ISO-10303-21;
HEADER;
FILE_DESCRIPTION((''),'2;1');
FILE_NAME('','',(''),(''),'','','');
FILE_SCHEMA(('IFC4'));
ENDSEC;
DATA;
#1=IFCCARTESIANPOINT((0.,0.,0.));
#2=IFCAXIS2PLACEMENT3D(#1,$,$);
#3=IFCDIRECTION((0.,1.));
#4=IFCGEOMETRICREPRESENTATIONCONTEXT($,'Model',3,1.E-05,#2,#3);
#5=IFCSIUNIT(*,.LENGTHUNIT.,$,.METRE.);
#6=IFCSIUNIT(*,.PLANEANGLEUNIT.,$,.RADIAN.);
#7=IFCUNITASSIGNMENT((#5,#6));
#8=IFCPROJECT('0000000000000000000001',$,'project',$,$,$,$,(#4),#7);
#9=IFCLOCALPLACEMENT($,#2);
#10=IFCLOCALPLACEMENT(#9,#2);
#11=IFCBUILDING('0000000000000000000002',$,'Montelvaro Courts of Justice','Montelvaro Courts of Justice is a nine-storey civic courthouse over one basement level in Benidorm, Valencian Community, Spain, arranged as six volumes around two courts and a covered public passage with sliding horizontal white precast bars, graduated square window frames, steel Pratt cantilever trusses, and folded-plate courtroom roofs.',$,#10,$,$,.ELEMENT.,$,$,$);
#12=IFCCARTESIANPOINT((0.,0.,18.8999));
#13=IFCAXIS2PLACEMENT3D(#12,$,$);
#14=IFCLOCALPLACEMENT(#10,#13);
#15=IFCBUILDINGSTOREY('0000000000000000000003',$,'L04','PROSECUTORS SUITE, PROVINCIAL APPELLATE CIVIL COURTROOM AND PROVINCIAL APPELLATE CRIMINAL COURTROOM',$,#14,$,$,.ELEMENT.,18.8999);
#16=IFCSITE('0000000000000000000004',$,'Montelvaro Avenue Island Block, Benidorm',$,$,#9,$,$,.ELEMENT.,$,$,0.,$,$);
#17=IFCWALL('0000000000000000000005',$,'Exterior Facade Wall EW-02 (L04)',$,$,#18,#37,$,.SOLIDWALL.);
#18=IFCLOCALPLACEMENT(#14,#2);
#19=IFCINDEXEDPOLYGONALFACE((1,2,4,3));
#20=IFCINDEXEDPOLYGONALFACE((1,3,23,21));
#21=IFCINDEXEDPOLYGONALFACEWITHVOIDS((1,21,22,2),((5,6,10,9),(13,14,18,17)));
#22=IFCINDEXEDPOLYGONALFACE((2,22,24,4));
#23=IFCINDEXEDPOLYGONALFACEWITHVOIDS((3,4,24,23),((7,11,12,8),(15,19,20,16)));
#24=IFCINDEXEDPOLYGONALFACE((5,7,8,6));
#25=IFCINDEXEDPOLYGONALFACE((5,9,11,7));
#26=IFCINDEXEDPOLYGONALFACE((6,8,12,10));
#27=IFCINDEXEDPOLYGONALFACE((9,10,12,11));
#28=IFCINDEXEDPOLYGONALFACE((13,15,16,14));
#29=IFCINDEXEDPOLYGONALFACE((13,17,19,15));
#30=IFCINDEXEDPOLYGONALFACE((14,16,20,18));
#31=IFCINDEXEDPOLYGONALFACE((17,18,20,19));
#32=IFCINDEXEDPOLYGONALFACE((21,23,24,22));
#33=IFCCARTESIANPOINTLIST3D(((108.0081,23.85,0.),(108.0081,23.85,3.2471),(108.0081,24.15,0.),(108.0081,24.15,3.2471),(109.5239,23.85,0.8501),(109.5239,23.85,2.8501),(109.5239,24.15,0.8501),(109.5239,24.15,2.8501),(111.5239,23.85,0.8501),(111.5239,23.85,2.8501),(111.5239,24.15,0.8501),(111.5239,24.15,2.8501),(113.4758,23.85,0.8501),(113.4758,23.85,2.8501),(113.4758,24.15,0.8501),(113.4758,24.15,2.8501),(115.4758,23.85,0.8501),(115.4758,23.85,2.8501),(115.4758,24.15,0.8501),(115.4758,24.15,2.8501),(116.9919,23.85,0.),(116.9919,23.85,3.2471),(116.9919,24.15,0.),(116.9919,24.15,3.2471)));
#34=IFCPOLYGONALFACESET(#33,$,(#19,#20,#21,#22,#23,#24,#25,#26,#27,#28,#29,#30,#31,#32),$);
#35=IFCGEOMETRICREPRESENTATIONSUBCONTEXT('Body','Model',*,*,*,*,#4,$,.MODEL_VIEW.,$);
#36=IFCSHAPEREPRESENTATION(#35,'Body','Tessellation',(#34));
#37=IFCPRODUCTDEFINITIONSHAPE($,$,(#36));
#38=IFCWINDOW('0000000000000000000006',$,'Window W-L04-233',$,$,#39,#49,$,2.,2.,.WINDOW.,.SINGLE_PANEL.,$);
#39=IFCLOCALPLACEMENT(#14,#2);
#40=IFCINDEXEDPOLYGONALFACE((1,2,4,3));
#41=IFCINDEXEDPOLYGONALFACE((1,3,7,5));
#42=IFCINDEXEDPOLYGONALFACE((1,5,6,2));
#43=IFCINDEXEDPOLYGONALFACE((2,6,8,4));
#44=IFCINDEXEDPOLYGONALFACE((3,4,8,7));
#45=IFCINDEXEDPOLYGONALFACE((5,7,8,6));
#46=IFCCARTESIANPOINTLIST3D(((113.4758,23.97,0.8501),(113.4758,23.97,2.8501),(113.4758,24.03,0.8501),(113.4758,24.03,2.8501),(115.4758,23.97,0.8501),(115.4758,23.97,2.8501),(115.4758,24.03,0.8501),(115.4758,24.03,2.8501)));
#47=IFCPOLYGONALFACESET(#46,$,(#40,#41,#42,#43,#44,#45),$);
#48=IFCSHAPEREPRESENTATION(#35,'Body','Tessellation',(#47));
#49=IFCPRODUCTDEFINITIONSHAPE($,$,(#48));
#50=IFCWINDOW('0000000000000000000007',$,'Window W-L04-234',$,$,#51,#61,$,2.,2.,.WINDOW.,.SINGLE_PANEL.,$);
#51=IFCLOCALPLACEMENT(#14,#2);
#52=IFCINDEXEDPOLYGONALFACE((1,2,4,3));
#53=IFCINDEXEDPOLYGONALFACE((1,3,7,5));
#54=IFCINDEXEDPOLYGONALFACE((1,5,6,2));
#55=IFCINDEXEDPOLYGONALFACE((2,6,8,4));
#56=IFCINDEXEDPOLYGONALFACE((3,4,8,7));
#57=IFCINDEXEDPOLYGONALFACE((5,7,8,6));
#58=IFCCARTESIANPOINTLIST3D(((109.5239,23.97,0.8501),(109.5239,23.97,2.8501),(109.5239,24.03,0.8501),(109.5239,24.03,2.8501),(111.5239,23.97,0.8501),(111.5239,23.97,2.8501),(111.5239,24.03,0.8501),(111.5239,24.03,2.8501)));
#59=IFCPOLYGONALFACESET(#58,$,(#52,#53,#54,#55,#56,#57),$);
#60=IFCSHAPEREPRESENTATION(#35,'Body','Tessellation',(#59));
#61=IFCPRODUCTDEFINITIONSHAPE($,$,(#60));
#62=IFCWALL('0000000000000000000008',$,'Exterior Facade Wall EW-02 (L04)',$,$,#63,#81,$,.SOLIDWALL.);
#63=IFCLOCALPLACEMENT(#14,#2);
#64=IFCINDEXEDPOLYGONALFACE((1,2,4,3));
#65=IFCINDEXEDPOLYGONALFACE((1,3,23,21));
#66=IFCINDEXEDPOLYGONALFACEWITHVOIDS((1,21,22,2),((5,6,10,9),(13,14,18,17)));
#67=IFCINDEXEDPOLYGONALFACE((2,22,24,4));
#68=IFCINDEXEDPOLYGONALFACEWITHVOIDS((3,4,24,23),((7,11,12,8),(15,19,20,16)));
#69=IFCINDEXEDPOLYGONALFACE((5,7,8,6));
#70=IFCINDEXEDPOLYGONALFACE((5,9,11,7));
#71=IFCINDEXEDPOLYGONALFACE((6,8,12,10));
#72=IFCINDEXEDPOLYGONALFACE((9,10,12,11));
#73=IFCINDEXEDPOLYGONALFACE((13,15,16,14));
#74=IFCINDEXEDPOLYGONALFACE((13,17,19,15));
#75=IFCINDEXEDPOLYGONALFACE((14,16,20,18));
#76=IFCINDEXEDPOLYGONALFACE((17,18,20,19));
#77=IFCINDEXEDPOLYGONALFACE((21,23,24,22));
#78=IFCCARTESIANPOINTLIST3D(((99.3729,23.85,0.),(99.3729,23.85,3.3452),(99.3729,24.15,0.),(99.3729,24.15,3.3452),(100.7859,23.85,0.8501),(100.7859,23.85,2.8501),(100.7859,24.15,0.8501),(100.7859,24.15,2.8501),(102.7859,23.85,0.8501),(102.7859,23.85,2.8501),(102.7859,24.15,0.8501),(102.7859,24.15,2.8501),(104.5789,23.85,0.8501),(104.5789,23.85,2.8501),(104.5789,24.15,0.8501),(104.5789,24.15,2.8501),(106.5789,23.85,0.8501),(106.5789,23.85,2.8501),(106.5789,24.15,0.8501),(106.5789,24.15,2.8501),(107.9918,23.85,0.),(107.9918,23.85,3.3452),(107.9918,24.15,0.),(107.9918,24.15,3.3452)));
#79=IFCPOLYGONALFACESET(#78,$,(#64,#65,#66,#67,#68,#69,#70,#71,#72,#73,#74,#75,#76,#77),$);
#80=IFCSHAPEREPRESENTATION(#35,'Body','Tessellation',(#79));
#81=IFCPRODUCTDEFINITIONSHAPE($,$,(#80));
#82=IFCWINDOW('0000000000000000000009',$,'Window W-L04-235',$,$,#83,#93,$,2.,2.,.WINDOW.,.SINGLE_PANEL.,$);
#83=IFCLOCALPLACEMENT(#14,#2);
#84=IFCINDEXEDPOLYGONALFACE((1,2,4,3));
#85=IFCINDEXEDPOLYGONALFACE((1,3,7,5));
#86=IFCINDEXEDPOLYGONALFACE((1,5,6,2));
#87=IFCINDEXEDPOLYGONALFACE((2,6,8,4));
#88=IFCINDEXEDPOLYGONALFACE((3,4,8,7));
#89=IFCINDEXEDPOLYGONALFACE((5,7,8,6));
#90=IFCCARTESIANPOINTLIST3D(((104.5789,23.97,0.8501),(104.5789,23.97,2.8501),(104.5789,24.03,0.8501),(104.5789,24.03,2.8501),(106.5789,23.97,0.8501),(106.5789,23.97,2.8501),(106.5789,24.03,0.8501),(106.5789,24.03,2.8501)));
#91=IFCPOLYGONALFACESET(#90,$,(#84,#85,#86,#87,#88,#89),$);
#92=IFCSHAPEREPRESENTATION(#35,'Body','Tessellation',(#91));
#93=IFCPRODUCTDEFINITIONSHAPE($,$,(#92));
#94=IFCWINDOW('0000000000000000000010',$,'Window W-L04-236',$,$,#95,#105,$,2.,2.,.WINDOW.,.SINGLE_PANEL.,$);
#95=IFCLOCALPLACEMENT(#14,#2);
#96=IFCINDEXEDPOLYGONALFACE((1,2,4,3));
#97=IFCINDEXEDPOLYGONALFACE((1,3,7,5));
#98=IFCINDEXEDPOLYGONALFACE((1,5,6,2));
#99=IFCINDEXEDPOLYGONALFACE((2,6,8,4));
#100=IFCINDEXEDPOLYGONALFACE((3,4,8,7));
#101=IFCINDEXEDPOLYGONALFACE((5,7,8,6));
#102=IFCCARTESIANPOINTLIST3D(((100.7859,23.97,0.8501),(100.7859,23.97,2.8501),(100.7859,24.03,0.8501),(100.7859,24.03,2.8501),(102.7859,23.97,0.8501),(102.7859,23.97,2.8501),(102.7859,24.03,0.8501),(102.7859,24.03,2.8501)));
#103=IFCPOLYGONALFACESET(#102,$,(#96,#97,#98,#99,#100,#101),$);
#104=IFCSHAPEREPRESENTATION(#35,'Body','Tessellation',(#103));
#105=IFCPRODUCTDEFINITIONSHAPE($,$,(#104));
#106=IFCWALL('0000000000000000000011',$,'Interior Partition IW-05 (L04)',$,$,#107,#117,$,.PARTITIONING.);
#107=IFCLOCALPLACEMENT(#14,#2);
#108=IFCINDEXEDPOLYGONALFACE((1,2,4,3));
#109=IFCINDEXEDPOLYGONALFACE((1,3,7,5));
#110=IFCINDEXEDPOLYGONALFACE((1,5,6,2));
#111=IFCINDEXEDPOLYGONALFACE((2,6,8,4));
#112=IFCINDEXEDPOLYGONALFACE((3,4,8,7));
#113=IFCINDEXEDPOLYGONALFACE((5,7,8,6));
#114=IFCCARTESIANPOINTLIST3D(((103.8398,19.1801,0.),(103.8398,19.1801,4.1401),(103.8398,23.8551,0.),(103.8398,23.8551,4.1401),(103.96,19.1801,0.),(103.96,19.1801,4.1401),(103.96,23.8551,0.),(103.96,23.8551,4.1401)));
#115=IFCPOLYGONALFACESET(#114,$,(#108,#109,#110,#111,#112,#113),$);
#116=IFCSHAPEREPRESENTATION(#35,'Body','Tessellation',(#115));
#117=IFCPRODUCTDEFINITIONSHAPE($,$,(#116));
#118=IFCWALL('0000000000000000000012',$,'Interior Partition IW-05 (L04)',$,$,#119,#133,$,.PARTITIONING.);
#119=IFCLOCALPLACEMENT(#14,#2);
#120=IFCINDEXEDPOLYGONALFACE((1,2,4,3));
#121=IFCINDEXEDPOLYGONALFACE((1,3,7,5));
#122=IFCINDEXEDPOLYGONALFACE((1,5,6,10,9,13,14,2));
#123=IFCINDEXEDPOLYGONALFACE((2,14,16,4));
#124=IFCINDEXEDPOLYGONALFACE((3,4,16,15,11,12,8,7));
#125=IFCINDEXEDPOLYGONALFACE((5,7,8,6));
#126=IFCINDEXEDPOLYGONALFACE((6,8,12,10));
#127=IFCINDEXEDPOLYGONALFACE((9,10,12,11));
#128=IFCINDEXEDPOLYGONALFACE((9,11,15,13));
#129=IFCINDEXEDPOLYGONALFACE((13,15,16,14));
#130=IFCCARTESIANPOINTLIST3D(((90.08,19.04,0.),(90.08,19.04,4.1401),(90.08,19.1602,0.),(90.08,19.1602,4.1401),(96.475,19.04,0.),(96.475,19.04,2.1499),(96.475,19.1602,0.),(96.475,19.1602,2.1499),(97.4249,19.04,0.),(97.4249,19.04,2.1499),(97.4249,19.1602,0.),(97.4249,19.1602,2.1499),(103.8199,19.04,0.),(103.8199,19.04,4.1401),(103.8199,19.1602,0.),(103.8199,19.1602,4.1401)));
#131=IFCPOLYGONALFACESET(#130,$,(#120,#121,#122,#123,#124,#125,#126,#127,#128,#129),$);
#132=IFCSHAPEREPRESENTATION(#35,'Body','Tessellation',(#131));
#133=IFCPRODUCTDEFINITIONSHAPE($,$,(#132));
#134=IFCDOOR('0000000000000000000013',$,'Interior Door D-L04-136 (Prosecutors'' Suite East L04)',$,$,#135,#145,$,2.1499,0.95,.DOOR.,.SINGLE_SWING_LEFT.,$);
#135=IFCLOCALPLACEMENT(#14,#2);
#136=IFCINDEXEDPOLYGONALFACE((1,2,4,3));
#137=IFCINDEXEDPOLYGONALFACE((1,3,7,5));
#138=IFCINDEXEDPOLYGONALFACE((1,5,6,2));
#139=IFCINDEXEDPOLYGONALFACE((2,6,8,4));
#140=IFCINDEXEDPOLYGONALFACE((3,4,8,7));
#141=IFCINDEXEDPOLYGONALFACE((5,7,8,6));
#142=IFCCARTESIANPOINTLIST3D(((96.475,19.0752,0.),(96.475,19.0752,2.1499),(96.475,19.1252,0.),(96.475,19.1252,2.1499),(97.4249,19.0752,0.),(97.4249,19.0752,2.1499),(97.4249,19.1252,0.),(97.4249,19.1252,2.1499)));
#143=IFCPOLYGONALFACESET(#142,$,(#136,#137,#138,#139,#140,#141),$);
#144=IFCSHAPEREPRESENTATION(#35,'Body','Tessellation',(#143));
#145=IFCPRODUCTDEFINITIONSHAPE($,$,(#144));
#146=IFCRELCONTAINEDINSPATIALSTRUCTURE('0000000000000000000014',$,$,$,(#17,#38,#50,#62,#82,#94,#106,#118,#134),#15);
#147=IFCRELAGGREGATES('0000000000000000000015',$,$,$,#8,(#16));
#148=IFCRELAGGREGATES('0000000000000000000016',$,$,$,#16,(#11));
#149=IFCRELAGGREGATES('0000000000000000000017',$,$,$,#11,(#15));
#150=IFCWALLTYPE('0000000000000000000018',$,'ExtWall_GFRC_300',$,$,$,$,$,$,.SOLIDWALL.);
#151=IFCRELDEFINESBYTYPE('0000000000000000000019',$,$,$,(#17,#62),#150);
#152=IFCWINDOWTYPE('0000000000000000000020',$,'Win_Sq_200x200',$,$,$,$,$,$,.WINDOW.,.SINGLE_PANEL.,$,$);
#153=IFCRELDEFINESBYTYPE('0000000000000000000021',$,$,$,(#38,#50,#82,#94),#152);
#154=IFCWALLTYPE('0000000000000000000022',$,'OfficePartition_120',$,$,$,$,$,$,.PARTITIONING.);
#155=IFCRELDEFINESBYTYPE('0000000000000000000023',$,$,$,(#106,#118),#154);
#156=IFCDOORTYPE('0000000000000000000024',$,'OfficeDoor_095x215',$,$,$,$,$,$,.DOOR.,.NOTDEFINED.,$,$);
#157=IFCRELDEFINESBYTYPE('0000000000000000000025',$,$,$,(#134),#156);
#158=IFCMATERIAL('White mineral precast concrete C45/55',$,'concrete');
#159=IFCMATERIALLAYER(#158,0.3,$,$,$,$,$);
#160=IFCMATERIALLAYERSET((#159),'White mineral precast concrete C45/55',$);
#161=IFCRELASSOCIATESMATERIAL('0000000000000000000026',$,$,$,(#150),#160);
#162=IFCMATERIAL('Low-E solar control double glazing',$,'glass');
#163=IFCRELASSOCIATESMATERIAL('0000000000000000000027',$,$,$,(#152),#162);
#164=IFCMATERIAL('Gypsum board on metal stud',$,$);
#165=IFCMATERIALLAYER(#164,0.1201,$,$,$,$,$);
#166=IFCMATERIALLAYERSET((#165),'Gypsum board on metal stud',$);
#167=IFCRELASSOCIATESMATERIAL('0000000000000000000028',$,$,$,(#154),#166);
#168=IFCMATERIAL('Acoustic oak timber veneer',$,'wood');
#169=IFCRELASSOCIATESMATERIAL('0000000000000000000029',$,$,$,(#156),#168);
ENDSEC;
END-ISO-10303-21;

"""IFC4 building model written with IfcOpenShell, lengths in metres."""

from ifc_helpers import new_model, si_unit, direction, frame, frame_2d, origin, place, context, subcontext, project, spatial, rectangle, extrude, material, layer, layer_set, type_object, element, fill, save


model = new_model("IFC4")

# Units and contexts
model_context = context("Model", 3, precision=1e-05, world=origin(), true_north=direction((0.0, 1.0)))
body_context = subcontext(model_context, "Body", "Model", "MODEL_VIEW")
ifc_project = project(units=[si_unit("LENGTHUNIT", "METRE"), si_unit("PLANEANGLEUNIT", "RADIAN")], contexts=[model_context])

# Site, building, storey
site_placement = place(None, origin())
site = spatial("IfcSite", under=ifc_project, at=site_placement, Name="Montelvaro Avenue Island Block, Benidorm", CompositionType="ELEMENT", RefElevation=0.0)
building_placement = place(site_placement, origin())
building = spatial("IfcBuilding", under=site, at=building_placement, Name="Montelvaro Courts of Justice", Description="Montelvaro Courts of Justice is a nine-storey civic courthouse over one basement level in Benidorm, Valencian Community, Spain, arranged as six volumes around two courts and a covered public passage with sliding horizontal white precast bars, graduated square window frames, steel Pratt cantilever trusses, and folded-plate courtroom roofs.", CompositionType="ELEMENT")
storey_placement = place(building_placement, frame((0.0, 0.0, 18.8999)))
storey = spatial("IfcBuildingStorey", under=building, at=storey_placement, Name="L04", Description="PROSECUTORS SUITE, PROVINCIAL APPELLATE CIVIL COURTROOM AND PROVINCIAL APPELLATE CRIMINAL COURTROOM", CompositionType="ELEMENT", Elevation=18.8999)

# Shared definitions
ifc_material_1 = material(Name="White mineral precast concrete C45/55", Category="concrete")

# Shared definitions
ifc_material_2 = material(Name="Gypsum board on metal stud")

# Shared definitions
ifc_material_3 = material(Name="Acoustic oak timber veneer", Category="wood")

# Walls, openings, windows
ifc_layer_1 = layer(ifc_material_1, 0.3)
ifc_layer_set_1 = layer_set([ifc_layer_1], Name="White mineral precast concrete C45/55")
wall_type_1 = type_object("IfcWallType", Name="ExtWall_GFRC_300", PredefinedType="SOLIDWALL", material=ifc_layer_set_1)
ifc_material_4 = material(Name="Low-E solar control double glazing", Category="glass")
window_type = type_object("IfcWindowType", Name="Win_Sq_200x200", PartitioningType="SINGLE_PANEL", PredefinedType="WINDOW", material=ifc_material_4)
wall_1_placement = place(storey_placement, frame((116.9919, 24.0, 0.0), z_axis=(0.0, 0.0, 1.0), x_axis=(-1.0, 0.0, 0.0)))
wall_1 = element("IfcWall", 1, at=wall_1_placement, inside=storey, type_object=wall_type_1, Name="Exterior Facade Wall EW-02 (L04)", PredefinedType="SOLIDWALL", context=body_context, shape_type="SweptSolid", body=[
    extrude(rectangle(XDim=8.9839, YDim=0.3, at=frame_2d((4.4919, 0.0))), origin(), (0.0, 0.0, 1.0), 3.2471),
])
opening_1_placement = place(wall_1_placement, frame((1.5161, 0.0, 0.8501)))
opening_1 = element("IfcOpeningElement", 2, at=opening_1_placement, cuts=wall_1, PredefinedType="OPENING", context=body_context, shape_type="SweptSolid", body=[
    extrude(rectangle(XDim=2.0, YDim=2.0, at=frame_2d((1.0, 1.0))), frame((0.0, 0.165, 0.0), z_axis=(0.0, -1.0, 0.0), x_axis=(1.0, 0.0, 0.0)), (0.0, 0.0, 1.0), 0.3298),
])
opening_2_placement = place(wall_1_placement, frame((5.468, 0.0, 0.8501)))
opening_2 = element("IfcOpeningElement", 3, at=opening_2_placement, cuts=wall_1, PredefinedType="OPENING", context=body_context, shape_type="SweptSolid", body=[
    extrude(rectangle(XDim=2.0, YDim=2.0, at=frame_2d((1.0, 1.0))), frame((0.0, 0.165, 0.0), z_axis=(0.0, -1.0, 0.0), x_axis=(1.0, 0.0, 0.0)), (0.0, 0.0, 1.0), 0.3298),
])
window_1_placement = place(opening_1_placement, origin())
window_1 = element("IfcWindow", 4, at=window_1_placement, inside=storey, type_object=window_type, Name="Window W-L04-233", OverallHeight=2.0, OverallWidth=2.0, PartitioningType="SINGLE_PANEL", PredefinedType="WINDOW", context=body_context, shape_type="SweptSolid", body=[
    extrude(rectangle(XDim=2.0, YDim=2.0, at=frame_2d((1.0, 1.0))), frame((0.0, 0.03, 0.0), z_axis=(0.0, -1.0, 0.0), x_axis=(1.0, 0.0, 0.0)), (0.0, 0.0, 1.0), 0.0601),
])
fill(opening_1, window_1)
window_2_placement = place(opening_2_placement, origin())
window_2 = element("IfcWindow", 5, at=window_2_placement, inside=storey, type_object=window_type, Name="Window W-L04-234", OverallHeight=2.0, OverallWidth=2.0, PartitioningType="SINGLE_PANEL", PredefinedType="WINDOW", context=body_context, shape_type="SweptSolid", body=[
    extrude(rectangle(XDim=2.0, YDim=2.0, at=frame_2d((1.0, 1.0))), frame((0.0, 0.03, 0.0), z_axis=(0.0, -1.0, 0.0), x_axis=(1.0, 0.0, 0.0)), (0.0, 0.0, 1.0), 0.0601),
])
fill(opening_2, window_2)
wall_2_placement = place(storey_placement, frame((107.9919, 24.0, 0.0), z_axis=(0.0, 0.0, 1.0), x_axis=(-1.0, 0.0, 0.0)))
wall_2 = element("IfcWall", 6, at=wall_2_placement, inside=storey, type_object=wall_type_1, Name="Exterior Facade Wall EW-02 (L04)", PredefinedType="SOLIDWALL", context=body_context, shape_type="SweptSolid", body=[
    extrude(rectangle(XDim=8.6189, YDim=0.3, at=frame_2d((4.3096, 0.0))), origin(), (0.0, 0.0, 1.0), 3.3452),
])
opening_3_placement = place(wall_2_placement, frame((1.4131, 0.0, 0.8501)))
opening_3 = element("IfcOpeningElement", 7, at=opening_3_placement, cuts=wall_2, PredefinedType="OPENING", context=body_context, shape_type="SweptSolid", body=[
    extrude(rectangle(XDim=2.0, YDim=2.0, at=frame_2d((1.0, 1.0))), frame((0.0, 0.165, 0.0), z_axis=(0.0, -1.0, 0.0), x_axis=(1.0, 0.0, 0.0)), (0.0, 0.0, 1.0), 0.3298),
])
opening_4_placement = place(wall_2_placement, frame((5.2061, 0.0, 0.8501)))
opening_4 = element("IfcOpeningElement", 8, at=opening_4_placement, cuts=wall_2, PredefinedType="OPENING", context=body_context, shape_type="SweptSolid", body=[
    extrude(rectangle(XDim=2.0, YDim=2.0, at=frame_2d((1.0, 1.0))), frame((0.0, 0.165, 0.0), z_axis=(0.0, -1.0, 0.0), x_axis=(1.0, 0.0, 0.0)), (0.0, 0.0, 1.0), 0.3298),
])
window_3_placement = place(opening_3_placement, origin())
window_3 = element("IfcWindow", 9, at=window_3_placement, inside=storey, type_object=window_type, Name="Window W-L04-235", OverallHeight=2.0, OverallWidth=2.0, PartitioningType="SINGLE_PANEL", PredefinedType="WINDOW", context=body_context, shape_type="SweptSolid", body=[
    extrude(rectangle(XDim=2.0, YDim=2.0, at=frame_2d((1.0, 1.0))), frame((0.0, 0.03, 0.0), z_axis=(0.0, -1.0, 0.0), x_axis=(1.0, 0.0, 0.0)), (0.0, 0.0, 1.0), 0.0601),
])
fill(opening_3, window_3)
window_4_placement = place(opening_4_placement, origin())
window_4 = element("IfcWindow", 10, at=window_4_placement, inside=storey, type_object=window_type, Name="Window W-L04-236", OverallHeight=2.0, OverallWidth=2.0, PartitioningType="SINGLE_PANEL", PredefinedType="WINDOW", context=body_context, shape_type="SweptSolid", body=[
    extrude(rectangle(XDim=2.0, YDim=2.0, at=frame_2d((1.0, 1.0))), frame((0.0, 0.03, 0.0), z_axis=(0.0, -1.0, 0.0), x_axis=(1.0, 0.0, 0.0)), (0.0, 0.0, 1.0), 0.0601),
])
fill(opening_4, window_4)

# Wall
ifc_layer_2 = layer(ifc_material_2, 0.1201)
ifc_layer_set_2 = layer_set([ifc_layer_2], Name="Gypsum board on metal stud")
wall_type_2 = type_object("IfcWallType", Name="OfficePartition_120", PredefinedType="PARTITIONING", material=ifc_layer_set_2)
wall_3_placement = place(storey_placement, frame((103.8999, 23.855, 0.0), z_axis=(0.0, 0.0, 1.0), x_axis=(0.0, -1.0, 0.0)))
element("IfcWall", 11, at=wall_3_placement, inside=storey, type_object=wall_type_2, Name="Interior Partition IW-05 (L04)", PredefinedType="PARTITIONING", context=body_context, shape_type="SweptSolid", body=[
    extrude(rectangle(XDim=4.675, YDim=0.1201, at=frame_2d((2.3374, 0.0))), origin(), (0.0, 0.0, 1.0), 4.1401),
])

# Wall, opening, door
wall_4_placement = place(storey_placement, frame((103.8201, 19.1001, 0.0), z_axis=(0.0, 0.0, 1.0), x_axis=(-1.0, 0.0, 0.0)))
wall_4 = element("IfcWall", 12, at=wall_4_placement, inside=storey, type_object=wall_type_2, Name="Interior Partition IW-05 (L04)", PredefinedType="PARTITIONING", context=body_context, shape_type="SweptSolid", body=[
    extrude(rectangle(XDim=13.74, YDim=0.1201, at=frame_2d((6.8701, 0.0))), origin(), (0.0, 0.0, 1.0), 4.1401),
])
opening_5_placement = place(wall_4_placement, frame((6.395, 0.0, 0.0)))
opening_5 = element("IfcOpeningElement", 13, at=opening_5_placement, cuts=wall_4, PredefinedType="OPENING", context=body_context, shape_type="SweptSolid", body=[
    extrude(rectangle(XDim=0.95, YDim=2.1499, at=frame_2d((0.4751, 1.075))), frame((0.0, 0.075, 0.0), z_axis=(0.0, -1.0, 0.0), x_axis=(1.0, 0.0, 0.0)), (0.0, 0.0, 1.0), 0.1499),
])
door_type_1 = type_object("IfcDoorType", Name="OfficeDoor_095x215", OperationType="NOTDEFINED", PredefinedType="DOOR", material=ifc_material_3)
door_1_placement = place(opening_5_placement, origin())
door_1 = element("IfcDoor", 14, at=door_1_placement, inside=storey, type_object=door_type_1, Name="Interior Door D-L04-136 (Prosecutors' Suite East L04)", OperationType="SINGLE_SWING_LEFT", OverallHeight=2.1499, OverallWidth=0.95, PredefinedType="DOOR", context=body_context, shape_type="SweptSolid", body=[
    extrude(rectangle(XDim=0.95, YDim=2.1499, at=frame_2d((0.4751, 1.075))), frame((0.0, 0.0249, 0.0), z_axis=(0.0, -1.0, 0.0), x_axis=(1.0, 0.0, 0.0)), (0.0, 0.0, 1.0), 0.05),
])
fill(opening_5, door_1)

save(model, "model.ifc")
